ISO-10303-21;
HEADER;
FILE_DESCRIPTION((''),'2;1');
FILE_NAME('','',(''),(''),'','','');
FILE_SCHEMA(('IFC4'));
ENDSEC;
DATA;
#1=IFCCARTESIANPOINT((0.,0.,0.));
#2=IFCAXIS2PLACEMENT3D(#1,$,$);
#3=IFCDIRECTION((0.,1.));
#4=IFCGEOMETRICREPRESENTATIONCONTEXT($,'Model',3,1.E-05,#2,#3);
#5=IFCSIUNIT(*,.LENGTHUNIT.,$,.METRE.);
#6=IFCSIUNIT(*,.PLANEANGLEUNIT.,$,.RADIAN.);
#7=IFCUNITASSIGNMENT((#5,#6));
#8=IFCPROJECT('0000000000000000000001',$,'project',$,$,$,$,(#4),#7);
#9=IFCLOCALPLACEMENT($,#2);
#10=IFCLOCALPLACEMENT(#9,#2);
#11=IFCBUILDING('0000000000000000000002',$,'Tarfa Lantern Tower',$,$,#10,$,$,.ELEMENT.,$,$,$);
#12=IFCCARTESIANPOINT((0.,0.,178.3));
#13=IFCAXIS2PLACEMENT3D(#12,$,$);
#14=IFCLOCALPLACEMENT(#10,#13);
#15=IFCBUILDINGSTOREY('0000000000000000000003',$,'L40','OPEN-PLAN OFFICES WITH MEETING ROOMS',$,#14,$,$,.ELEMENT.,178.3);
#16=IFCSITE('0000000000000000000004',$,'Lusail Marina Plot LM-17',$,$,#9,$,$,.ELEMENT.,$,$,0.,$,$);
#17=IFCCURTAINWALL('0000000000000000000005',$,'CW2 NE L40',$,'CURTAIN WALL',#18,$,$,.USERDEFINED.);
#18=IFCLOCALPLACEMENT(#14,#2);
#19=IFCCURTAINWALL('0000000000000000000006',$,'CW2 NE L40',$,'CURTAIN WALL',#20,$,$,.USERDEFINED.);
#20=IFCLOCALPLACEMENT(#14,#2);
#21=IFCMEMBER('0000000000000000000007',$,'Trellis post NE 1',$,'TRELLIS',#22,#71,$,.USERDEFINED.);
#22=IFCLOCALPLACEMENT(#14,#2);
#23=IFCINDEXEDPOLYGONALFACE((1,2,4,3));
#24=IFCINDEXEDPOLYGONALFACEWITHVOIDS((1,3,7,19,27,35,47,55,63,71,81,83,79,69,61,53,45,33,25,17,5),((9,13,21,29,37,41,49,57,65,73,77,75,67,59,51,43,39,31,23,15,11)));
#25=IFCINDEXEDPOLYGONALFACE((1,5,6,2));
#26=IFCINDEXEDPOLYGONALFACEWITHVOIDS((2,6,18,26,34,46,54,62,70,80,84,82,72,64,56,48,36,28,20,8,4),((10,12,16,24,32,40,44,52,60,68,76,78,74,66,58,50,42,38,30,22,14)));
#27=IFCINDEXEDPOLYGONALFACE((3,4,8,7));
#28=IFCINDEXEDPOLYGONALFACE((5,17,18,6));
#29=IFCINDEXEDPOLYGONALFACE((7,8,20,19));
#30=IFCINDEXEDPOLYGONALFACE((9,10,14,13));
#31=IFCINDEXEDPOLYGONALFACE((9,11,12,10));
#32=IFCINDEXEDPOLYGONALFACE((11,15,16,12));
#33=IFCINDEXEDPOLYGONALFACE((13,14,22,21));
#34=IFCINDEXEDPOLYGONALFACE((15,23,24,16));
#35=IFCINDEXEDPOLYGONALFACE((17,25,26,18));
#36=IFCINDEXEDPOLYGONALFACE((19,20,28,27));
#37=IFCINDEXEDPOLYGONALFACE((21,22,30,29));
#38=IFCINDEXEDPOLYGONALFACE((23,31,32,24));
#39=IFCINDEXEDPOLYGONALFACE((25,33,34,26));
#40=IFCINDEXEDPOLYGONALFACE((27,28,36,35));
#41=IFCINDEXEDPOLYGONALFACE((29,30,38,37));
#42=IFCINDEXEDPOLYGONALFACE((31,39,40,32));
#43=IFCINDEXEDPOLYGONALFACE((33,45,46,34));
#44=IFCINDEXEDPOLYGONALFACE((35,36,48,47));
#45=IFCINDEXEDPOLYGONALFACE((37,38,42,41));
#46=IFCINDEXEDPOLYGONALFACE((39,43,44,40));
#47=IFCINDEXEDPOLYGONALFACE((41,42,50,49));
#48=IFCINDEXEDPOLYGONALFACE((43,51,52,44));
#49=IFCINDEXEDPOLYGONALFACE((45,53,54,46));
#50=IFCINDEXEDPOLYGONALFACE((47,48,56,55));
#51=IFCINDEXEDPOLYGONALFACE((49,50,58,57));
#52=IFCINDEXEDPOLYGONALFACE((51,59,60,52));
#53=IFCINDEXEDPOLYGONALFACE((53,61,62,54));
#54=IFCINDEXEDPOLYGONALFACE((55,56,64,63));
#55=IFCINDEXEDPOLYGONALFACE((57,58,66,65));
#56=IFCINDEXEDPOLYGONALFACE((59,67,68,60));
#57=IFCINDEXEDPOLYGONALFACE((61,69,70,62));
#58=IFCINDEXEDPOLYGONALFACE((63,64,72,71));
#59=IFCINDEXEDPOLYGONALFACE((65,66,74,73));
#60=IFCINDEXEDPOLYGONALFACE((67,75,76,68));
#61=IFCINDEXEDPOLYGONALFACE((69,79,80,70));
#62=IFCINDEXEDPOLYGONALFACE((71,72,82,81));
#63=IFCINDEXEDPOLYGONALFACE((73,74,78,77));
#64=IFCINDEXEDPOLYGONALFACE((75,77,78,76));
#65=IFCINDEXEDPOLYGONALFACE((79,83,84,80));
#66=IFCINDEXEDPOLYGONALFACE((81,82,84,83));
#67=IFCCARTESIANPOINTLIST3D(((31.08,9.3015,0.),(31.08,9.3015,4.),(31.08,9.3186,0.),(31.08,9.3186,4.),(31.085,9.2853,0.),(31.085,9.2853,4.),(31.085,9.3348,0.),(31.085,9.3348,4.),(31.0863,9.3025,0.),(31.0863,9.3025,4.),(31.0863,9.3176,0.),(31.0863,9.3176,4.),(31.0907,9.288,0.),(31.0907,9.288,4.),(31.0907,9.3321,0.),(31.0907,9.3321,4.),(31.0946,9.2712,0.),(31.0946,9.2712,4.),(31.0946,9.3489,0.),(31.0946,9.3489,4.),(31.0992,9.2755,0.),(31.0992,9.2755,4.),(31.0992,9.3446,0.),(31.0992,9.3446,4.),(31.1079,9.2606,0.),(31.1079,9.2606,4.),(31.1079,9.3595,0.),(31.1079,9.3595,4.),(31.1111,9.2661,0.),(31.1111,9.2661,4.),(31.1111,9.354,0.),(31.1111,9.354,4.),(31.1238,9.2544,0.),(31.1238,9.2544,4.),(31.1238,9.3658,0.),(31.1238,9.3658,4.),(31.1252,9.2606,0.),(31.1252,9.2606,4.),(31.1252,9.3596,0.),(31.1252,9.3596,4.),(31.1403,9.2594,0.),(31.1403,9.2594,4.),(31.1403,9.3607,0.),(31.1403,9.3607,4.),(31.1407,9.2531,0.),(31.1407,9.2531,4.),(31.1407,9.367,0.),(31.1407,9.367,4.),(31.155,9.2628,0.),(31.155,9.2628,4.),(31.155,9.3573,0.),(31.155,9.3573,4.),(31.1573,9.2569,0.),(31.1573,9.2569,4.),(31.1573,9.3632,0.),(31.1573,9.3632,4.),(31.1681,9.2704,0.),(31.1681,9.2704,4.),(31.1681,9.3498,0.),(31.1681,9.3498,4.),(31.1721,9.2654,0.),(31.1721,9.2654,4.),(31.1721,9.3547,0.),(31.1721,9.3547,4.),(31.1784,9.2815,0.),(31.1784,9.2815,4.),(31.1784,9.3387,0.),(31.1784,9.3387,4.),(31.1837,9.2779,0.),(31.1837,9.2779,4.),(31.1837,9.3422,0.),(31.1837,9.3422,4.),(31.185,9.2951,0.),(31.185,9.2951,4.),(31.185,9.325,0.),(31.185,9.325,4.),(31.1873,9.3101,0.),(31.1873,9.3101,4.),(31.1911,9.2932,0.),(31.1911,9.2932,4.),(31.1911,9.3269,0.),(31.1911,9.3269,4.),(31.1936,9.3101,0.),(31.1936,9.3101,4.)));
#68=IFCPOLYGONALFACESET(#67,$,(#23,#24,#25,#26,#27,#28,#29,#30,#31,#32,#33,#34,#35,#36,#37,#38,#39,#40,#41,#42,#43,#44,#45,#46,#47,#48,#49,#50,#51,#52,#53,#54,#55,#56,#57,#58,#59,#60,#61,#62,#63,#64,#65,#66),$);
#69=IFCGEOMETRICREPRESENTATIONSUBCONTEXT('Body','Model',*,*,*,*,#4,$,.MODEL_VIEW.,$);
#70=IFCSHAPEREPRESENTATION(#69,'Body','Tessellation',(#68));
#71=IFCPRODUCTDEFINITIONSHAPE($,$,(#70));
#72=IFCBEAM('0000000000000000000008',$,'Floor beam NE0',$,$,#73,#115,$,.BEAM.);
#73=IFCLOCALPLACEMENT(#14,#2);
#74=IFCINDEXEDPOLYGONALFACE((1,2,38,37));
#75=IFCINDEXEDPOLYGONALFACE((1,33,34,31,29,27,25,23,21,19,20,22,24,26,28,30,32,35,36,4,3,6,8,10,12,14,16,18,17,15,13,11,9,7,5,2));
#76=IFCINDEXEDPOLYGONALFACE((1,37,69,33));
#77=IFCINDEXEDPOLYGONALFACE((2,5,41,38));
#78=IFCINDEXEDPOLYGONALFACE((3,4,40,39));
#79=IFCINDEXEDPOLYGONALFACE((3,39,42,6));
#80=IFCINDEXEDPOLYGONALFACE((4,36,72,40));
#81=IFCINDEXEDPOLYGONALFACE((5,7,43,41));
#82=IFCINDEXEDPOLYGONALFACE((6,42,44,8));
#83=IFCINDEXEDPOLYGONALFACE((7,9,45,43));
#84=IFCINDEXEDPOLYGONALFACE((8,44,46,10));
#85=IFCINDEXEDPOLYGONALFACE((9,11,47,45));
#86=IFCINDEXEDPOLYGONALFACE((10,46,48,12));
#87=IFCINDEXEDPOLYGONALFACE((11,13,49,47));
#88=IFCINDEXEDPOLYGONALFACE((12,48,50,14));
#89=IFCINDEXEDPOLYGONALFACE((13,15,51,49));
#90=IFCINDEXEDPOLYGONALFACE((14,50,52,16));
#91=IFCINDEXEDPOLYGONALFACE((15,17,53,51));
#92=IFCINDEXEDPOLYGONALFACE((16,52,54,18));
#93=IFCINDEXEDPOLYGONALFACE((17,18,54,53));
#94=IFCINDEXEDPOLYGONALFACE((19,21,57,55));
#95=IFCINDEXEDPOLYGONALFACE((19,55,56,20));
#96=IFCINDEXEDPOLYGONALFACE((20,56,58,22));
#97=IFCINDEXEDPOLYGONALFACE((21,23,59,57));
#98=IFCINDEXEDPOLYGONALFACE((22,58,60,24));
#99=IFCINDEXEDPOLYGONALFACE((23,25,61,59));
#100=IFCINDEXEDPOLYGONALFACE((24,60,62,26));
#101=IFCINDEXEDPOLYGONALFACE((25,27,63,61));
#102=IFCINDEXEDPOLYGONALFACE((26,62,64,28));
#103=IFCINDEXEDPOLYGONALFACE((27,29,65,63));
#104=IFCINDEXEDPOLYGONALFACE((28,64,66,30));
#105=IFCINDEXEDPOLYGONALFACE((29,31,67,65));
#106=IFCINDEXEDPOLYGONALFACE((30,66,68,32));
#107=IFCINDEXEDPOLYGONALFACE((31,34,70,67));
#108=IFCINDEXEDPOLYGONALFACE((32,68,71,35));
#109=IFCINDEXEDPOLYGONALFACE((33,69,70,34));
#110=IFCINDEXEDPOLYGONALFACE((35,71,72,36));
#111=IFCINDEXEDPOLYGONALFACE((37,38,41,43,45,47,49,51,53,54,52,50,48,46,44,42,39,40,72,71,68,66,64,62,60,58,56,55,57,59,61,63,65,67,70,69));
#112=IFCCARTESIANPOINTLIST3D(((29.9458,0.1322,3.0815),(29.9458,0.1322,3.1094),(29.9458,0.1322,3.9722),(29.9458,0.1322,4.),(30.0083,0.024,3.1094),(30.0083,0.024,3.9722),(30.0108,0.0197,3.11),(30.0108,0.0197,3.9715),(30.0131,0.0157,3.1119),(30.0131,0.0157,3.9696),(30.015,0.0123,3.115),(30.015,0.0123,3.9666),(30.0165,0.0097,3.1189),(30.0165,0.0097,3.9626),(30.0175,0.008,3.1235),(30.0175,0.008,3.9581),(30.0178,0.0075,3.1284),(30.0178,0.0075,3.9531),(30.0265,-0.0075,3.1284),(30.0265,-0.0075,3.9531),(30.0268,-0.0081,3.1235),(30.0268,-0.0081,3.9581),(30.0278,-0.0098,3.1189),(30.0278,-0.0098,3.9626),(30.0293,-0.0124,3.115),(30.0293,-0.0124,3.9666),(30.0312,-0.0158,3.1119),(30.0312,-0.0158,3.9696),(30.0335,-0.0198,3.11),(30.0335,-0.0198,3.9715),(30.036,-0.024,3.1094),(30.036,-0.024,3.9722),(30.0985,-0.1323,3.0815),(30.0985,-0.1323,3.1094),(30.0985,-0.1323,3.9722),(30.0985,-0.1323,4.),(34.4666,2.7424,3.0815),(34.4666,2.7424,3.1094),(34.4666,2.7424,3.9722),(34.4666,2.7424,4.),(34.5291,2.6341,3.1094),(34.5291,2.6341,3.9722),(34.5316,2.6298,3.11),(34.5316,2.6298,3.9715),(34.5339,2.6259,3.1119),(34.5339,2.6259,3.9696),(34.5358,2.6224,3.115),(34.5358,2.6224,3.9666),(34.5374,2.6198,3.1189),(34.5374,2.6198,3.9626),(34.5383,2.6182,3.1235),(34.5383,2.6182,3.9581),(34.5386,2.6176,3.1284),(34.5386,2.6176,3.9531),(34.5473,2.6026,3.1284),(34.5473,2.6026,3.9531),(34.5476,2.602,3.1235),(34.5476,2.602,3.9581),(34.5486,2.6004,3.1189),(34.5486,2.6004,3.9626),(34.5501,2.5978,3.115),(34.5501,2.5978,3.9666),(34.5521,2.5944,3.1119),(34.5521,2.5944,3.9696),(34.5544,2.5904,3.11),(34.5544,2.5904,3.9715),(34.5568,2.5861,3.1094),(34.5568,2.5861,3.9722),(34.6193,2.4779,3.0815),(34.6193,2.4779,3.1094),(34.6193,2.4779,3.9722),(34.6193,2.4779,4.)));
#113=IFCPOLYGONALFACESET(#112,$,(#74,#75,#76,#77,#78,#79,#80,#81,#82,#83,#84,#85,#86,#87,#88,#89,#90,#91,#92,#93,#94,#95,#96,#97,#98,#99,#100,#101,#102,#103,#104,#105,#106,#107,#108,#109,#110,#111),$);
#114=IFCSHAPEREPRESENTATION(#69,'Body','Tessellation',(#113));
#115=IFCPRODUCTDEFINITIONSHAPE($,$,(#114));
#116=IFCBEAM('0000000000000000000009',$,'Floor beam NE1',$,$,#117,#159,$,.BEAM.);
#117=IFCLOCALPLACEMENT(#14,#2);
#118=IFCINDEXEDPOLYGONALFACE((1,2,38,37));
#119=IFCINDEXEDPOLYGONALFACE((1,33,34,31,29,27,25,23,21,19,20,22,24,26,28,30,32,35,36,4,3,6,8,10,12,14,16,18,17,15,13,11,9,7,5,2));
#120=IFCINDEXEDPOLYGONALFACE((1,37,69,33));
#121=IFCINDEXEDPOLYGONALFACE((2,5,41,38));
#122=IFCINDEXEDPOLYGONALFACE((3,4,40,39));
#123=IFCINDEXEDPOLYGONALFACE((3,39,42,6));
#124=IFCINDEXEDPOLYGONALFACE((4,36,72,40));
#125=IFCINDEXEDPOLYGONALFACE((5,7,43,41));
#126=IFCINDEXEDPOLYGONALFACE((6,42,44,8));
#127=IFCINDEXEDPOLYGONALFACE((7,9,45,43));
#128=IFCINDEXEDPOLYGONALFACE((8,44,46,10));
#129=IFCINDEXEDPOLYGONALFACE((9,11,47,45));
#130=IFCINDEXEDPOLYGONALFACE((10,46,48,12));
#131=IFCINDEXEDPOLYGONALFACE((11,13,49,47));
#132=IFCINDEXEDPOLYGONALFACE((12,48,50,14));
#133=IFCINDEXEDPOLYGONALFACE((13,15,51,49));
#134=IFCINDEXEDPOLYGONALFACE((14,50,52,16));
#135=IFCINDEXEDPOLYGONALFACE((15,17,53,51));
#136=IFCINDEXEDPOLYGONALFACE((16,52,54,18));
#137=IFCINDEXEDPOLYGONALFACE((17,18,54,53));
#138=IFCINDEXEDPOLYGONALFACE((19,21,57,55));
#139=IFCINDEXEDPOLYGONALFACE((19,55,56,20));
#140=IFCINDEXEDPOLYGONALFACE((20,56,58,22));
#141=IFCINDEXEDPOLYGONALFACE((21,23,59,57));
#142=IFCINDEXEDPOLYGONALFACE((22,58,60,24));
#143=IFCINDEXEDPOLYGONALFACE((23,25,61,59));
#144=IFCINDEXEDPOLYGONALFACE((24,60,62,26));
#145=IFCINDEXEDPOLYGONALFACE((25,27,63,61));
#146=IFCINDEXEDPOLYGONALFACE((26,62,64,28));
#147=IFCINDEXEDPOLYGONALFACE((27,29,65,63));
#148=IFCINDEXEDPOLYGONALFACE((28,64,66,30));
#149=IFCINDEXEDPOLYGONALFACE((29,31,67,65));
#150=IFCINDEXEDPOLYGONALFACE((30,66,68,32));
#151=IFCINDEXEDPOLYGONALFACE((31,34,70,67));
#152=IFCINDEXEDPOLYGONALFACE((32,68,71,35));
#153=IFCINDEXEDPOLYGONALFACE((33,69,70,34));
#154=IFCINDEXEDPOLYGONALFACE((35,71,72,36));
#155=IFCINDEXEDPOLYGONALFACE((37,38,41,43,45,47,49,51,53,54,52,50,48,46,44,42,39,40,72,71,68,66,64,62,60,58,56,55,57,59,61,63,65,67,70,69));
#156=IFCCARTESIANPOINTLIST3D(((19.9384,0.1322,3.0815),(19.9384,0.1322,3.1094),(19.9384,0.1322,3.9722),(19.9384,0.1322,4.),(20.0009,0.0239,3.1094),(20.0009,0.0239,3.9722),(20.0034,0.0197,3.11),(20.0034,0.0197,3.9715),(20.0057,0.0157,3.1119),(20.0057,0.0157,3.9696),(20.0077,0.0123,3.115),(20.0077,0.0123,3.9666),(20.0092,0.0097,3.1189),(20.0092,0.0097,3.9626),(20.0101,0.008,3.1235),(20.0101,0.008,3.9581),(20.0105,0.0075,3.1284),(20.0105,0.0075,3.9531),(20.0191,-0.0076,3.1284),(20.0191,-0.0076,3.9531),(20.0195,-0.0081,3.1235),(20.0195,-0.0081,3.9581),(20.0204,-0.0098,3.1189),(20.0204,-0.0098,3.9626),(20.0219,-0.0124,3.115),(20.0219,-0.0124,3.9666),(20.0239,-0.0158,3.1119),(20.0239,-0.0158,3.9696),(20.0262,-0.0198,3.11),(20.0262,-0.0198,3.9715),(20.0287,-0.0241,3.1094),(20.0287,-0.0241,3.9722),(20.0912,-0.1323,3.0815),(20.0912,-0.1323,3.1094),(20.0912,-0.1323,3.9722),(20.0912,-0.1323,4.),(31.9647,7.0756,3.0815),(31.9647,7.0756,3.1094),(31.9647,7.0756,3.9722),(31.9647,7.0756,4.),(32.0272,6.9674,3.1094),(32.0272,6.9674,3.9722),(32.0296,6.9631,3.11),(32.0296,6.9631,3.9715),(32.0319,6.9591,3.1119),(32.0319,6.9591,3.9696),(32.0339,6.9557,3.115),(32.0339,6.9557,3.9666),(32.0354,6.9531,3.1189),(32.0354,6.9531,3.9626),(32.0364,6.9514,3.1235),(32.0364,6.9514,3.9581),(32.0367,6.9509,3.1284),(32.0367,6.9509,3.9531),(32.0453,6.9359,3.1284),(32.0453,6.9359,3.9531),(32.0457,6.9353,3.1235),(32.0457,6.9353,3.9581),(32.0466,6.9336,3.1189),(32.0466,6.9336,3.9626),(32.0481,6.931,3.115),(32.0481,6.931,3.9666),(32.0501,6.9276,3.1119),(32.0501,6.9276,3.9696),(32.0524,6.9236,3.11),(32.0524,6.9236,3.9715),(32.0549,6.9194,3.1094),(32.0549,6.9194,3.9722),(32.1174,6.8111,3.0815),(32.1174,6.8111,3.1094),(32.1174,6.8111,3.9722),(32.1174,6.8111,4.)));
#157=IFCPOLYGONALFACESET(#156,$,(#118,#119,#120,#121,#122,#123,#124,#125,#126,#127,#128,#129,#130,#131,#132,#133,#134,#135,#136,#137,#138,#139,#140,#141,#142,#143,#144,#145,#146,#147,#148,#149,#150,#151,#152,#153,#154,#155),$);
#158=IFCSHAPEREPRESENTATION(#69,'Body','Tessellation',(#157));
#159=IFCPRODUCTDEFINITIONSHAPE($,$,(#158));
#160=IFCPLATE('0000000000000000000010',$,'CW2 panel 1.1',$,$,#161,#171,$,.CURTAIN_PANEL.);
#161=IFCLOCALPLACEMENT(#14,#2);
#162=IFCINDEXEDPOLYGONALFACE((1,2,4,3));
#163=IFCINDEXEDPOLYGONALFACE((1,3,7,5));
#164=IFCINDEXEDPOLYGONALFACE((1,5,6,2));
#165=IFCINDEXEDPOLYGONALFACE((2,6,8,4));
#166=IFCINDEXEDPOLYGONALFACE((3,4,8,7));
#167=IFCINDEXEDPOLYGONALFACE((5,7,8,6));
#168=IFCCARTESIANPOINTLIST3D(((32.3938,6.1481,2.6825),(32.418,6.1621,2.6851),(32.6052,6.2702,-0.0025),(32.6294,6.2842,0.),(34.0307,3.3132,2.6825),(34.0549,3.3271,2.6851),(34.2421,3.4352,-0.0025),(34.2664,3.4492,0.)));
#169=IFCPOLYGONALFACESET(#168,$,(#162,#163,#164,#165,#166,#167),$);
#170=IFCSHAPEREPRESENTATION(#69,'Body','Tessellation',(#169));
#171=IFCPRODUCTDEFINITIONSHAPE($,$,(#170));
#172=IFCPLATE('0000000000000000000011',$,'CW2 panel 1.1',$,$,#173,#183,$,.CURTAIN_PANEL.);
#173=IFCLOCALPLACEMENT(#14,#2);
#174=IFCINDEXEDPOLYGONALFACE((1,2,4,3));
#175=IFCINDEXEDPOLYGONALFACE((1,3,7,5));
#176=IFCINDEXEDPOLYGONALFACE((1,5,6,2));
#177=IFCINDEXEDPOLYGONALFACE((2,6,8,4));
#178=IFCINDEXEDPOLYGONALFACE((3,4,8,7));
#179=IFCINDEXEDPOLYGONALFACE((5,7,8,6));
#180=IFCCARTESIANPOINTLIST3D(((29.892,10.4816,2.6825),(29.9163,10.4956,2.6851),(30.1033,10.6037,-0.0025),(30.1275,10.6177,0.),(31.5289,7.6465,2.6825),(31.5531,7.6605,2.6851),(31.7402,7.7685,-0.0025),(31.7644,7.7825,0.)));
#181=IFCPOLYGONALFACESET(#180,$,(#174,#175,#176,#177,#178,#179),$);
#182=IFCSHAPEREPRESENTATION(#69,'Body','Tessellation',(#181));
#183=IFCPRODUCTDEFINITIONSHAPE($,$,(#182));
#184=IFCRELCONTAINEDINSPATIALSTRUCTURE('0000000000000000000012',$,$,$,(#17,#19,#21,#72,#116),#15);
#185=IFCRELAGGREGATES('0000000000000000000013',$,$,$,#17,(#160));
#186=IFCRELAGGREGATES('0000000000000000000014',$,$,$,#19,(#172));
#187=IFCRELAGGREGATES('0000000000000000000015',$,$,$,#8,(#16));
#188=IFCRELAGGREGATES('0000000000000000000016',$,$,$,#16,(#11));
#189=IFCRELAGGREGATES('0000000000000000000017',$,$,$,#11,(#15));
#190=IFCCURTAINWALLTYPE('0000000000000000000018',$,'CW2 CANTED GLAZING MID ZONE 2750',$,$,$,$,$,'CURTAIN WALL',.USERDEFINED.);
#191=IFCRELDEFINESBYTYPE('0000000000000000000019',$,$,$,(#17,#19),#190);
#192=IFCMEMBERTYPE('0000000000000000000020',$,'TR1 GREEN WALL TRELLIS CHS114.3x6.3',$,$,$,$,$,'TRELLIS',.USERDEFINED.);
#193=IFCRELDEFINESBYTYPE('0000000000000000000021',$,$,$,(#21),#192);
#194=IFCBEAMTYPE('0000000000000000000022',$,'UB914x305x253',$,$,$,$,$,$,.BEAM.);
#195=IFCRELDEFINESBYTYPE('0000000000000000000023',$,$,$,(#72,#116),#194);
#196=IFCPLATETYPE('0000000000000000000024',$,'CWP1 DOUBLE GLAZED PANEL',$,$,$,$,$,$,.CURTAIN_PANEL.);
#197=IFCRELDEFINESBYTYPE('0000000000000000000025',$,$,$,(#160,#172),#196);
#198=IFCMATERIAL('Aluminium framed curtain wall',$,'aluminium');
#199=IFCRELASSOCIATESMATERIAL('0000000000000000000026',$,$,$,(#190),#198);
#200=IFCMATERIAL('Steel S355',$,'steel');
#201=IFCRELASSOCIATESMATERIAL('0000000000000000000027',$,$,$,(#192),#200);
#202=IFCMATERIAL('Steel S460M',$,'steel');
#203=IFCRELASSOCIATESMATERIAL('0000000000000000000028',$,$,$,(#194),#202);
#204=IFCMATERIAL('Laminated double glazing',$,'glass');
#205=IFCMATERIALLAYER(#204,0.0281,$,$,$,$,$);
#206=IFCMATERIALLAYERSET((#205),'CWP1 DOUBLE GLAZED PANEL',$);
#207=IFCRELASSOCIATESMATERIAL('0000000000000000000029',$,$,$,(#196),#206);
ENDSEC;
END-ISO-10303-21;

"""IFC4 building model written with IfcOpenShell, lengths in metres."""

from ifc_helpers import new_model, si_unit, direction, frame, origin, origin_2d, place, context, subcontext, project, spatial, polyline, hollow_circle, i_section, outline, extrude, material, layer, layer_set, material_profile, profile_set, type_object, element, aggregate, save


model = new_model("IFC4")

# Units and contexts
model_context = context("Model", 3, precision=1e-05, world=origin(), true_north=direction((0.0, 1.0)))
body_context = subcontext(model_context, "Body", "Model", "MODEL_VIEW")
ifc_project = project(units=[si_unit("LENGTHUNIT", "METRE"), si_unit("PLANEANGLEUNIT", "RADIAN")], contexts=[model_context])

# Site, building, storey
site_placement = place(None, origin())
site = spatial("IfcSite", under=ifc_project, at=site_placement, Name="Lusail Marina Plot LM-17", CompositionType="ELEMENT", RefElevation=0.0)
building_placement = place(site_placement, origin())
building = spatial("IfcBuilding", under=site, at=building_placement, Name="Tarfa Lantern Tower", CompositionType="ELEMENT")
storey_placement = place(building_placement, frame((0.0, 0.0, 178.3)))
storey = spatial("IfcBuildingStorey", under=building, at=storey_placement, Name="L40", Description="OPEN-PLAN OFFICES WITH MEETING ROOMS", CompositionType="ELEMENT", Elevation=178.3)

# Curtain walls
ifc_material_1 = material(Name="Aluminium framed curtain wall", Category="aluminium")
curtain_wall_type_1 = type_object("IfcCurtainWallType", Name="CW2 CANTED GLAZING MID ZONE 2750", ElementType="CURTAIN WALL", PredefinedType="USERDEFINED", material=ifc_material_1)
curtain_wall_1_placement = place(storey_placement, origin())
curtain_wall_1 = element("IfcCurtainWall", 1, at=curtain_wall_1_placement, inside=storey, type_object=curtain_wall_type_1, Name="CW2 NE L40", ObjectType="CURTAIN WALL", PredefinedType="USERDEFINED")
curtain_wall_2_placement = place(storey_placement, origin())
curtain_wall_2 = element("IfcCurtainWall", 2, at=curtain_wall_2_placement, inside=storey, type_object=curtain_wall_type_1, Name="CW2 NE L40", ObjectType="CURTAIN WALL", PredefinedType="USERDEFINED")

# Member
ifc_material_2 = material(Name="Steel S355", Category="steel")
ifc_material_profile_1 = material_profile(ifc_material_2, hollow_circle(Radius=0.0571, WallThickness=0.0063, at=origin_2d()), Name="CHS114.3x6.3")
ifc_profile_set_1 = profile_set([ifc_material_profile_1], Name="Steel S355")
member_type_1 = type_object("IfcMemberType", Name="TR1 GREEN WALL TRELLIS CHS114.3x6.3", ElementType="TRELLIS", PredefinedType="USERDEFINED", material=ifc_profile_set_1)
member_1_placement = place(storey_placement, frame((31.1365, 9.3101, 0.0), z_axis=(0.0, 0.0, 1.0), x_axis=(1.0, 0.0, 0.0)))
element("IfcMember", 3, at=member_1_placement, inside=storey, type_object=member_type_1, Name="Trellis post NE 1", ObjectType="TRELLIS", PredefinedType="USERDEFINED", context=body_context, shape_type="SweptSolid", body=[
    extrude(hollow_circle(Radius=0.0571, WallThickness=0.0063, at=origin_2d()), origin(), (0.0, 0.0, 1.0), 4.0),
])

# Beams
ifc_material_3 = material(Name="Steel S460M", Category="steel")
ifc_material_profile_2 = material_profile(ifc_material_3, i_section(OverallWidth=0.3054, OverallDepth=0.9185, WebThickness=0.0173, FlangeThickness=0.0278, FilletRadius=0.019, at=origin_2d()), Name="UB914x305x253")
ifc_profile_set_2 = profile_set([ifc_material_profile_2], Name="Steel S460M")
beam_type_1 = type_object("IfcBeamType", Name="UB914x305x253", PredefinedType="BEAM", material=ifc_profile_set_2)
beam_1_placement = place(storey_placement, frame((34.543, 2.6101, 3.5408), z_axis=(-0.866021, -0.500007, 0.0), x_axis=(0.500007, -0.866021, 0.0)))
element("IfcBeam", 4, at=beam_1_placement, inside=storey, type_object=beam_type_1, Name="Floor beam NE0", PredefinedType="BEAM", context=body_context, shape_type="SweptSolid", body=[
    extrude(i_section(OverallWidth=0.3054, OverallDepth=0.9185, WebThickness=0.0173, FlangeThickness=0.0278, FilletRadius=0.019, at=origin_2d()), origin(), (0.0, 0.0, 1.0), 5.2202),
])
beam_2_placement = place(storey_placement, frame((32.041, 6.9434, 3.5408), z_axis=(-0.866023, -0.500004, 0.0), x_axis=(0.500004, -0.866023, 0.0)))
element("IfcBeam", 5, at=beam_2_placement, inside=storey, type_object=beam_type_1, Name="Floor beam NE1", PredefinedType="BEAM", context=body_context, shape_type="SweptSolid", body=[
    extrude(i_section(OverallWidth=0.3054, OverallDepth=0.9185, WebThickness=0.0173, FlangeThickness=0.0278, FilletRadius=0.019, at=origin_2d()), origin(), (0.0, 0.0, 1.0), 13.8867),
])

# Plates
ifc_material_4 = material(Name="Laminated double glazing", Category="glass")
ifc_layer_1 = layer(ifc_material_4, 0.0281)
ifc_layer_set_1 = layer_set([ifc_layer_1], Name="CWP1 DOUBLE GLAZED PANEL")
plate_type = type_object("IfcPlateType", Name="CWP1 DOUBLE GLAZED PANEL", PredefinedType="CURTAIN_PANEL", material=ifc_layer_set_1)
plate_1_placement = place(storey_placement, frame((34.2664, 3.4492, 0.0), z_axis=(0.862442, 0.497991, 0.09055), x_axis=(-0.500045, 0.865999, 0.0)))
plate_1 = element("IfcPlate", 6, at=plate_1_placement, type_object=plate_type, Name="CW2 panel 1.1", PredefinedType="CURTAIN_PANEL", context=body_context, shape_type="SweptSolid", body=[
    extrude(outline(polyline([(0.0, 0.0), (3.2736, 0.0), (3.2736, 2.6961), (0.0, 2.6961), (0.0, 0.0)])), origin(), (0.0, 0.0, -1.0), 0.0281),
])
aggregate(curtain_wall_1, [plate_1])
plate_2_placement = place(storey_placement, frame((31.7644, 7.7825, 0.0), z_axis=(0.862479, 0.497933, 0.090511), x_axis=(-0.499985, 0.866034, 0.000003)))
plate_2 = element("IfcPlate", 7, at=plate_2_placement, type_object=plate_type, Name="CW2 panel 1.1", PredefinedType="CURTAIN_PANEL", context=body_context, shape_type="SweptSolid", body=[
    extrude(outline(polyline([(0.0, 0.0), (3.2738, 0.0), (3.2737, 2.6961), (0.0, 2.6961), (0.0, 0.0)])), origin(), (0.0, 0.0, -1.0), 0.0281),
])
aggregate(curtain_wall_2, [plate_2])

save(model, "model.ifc")
